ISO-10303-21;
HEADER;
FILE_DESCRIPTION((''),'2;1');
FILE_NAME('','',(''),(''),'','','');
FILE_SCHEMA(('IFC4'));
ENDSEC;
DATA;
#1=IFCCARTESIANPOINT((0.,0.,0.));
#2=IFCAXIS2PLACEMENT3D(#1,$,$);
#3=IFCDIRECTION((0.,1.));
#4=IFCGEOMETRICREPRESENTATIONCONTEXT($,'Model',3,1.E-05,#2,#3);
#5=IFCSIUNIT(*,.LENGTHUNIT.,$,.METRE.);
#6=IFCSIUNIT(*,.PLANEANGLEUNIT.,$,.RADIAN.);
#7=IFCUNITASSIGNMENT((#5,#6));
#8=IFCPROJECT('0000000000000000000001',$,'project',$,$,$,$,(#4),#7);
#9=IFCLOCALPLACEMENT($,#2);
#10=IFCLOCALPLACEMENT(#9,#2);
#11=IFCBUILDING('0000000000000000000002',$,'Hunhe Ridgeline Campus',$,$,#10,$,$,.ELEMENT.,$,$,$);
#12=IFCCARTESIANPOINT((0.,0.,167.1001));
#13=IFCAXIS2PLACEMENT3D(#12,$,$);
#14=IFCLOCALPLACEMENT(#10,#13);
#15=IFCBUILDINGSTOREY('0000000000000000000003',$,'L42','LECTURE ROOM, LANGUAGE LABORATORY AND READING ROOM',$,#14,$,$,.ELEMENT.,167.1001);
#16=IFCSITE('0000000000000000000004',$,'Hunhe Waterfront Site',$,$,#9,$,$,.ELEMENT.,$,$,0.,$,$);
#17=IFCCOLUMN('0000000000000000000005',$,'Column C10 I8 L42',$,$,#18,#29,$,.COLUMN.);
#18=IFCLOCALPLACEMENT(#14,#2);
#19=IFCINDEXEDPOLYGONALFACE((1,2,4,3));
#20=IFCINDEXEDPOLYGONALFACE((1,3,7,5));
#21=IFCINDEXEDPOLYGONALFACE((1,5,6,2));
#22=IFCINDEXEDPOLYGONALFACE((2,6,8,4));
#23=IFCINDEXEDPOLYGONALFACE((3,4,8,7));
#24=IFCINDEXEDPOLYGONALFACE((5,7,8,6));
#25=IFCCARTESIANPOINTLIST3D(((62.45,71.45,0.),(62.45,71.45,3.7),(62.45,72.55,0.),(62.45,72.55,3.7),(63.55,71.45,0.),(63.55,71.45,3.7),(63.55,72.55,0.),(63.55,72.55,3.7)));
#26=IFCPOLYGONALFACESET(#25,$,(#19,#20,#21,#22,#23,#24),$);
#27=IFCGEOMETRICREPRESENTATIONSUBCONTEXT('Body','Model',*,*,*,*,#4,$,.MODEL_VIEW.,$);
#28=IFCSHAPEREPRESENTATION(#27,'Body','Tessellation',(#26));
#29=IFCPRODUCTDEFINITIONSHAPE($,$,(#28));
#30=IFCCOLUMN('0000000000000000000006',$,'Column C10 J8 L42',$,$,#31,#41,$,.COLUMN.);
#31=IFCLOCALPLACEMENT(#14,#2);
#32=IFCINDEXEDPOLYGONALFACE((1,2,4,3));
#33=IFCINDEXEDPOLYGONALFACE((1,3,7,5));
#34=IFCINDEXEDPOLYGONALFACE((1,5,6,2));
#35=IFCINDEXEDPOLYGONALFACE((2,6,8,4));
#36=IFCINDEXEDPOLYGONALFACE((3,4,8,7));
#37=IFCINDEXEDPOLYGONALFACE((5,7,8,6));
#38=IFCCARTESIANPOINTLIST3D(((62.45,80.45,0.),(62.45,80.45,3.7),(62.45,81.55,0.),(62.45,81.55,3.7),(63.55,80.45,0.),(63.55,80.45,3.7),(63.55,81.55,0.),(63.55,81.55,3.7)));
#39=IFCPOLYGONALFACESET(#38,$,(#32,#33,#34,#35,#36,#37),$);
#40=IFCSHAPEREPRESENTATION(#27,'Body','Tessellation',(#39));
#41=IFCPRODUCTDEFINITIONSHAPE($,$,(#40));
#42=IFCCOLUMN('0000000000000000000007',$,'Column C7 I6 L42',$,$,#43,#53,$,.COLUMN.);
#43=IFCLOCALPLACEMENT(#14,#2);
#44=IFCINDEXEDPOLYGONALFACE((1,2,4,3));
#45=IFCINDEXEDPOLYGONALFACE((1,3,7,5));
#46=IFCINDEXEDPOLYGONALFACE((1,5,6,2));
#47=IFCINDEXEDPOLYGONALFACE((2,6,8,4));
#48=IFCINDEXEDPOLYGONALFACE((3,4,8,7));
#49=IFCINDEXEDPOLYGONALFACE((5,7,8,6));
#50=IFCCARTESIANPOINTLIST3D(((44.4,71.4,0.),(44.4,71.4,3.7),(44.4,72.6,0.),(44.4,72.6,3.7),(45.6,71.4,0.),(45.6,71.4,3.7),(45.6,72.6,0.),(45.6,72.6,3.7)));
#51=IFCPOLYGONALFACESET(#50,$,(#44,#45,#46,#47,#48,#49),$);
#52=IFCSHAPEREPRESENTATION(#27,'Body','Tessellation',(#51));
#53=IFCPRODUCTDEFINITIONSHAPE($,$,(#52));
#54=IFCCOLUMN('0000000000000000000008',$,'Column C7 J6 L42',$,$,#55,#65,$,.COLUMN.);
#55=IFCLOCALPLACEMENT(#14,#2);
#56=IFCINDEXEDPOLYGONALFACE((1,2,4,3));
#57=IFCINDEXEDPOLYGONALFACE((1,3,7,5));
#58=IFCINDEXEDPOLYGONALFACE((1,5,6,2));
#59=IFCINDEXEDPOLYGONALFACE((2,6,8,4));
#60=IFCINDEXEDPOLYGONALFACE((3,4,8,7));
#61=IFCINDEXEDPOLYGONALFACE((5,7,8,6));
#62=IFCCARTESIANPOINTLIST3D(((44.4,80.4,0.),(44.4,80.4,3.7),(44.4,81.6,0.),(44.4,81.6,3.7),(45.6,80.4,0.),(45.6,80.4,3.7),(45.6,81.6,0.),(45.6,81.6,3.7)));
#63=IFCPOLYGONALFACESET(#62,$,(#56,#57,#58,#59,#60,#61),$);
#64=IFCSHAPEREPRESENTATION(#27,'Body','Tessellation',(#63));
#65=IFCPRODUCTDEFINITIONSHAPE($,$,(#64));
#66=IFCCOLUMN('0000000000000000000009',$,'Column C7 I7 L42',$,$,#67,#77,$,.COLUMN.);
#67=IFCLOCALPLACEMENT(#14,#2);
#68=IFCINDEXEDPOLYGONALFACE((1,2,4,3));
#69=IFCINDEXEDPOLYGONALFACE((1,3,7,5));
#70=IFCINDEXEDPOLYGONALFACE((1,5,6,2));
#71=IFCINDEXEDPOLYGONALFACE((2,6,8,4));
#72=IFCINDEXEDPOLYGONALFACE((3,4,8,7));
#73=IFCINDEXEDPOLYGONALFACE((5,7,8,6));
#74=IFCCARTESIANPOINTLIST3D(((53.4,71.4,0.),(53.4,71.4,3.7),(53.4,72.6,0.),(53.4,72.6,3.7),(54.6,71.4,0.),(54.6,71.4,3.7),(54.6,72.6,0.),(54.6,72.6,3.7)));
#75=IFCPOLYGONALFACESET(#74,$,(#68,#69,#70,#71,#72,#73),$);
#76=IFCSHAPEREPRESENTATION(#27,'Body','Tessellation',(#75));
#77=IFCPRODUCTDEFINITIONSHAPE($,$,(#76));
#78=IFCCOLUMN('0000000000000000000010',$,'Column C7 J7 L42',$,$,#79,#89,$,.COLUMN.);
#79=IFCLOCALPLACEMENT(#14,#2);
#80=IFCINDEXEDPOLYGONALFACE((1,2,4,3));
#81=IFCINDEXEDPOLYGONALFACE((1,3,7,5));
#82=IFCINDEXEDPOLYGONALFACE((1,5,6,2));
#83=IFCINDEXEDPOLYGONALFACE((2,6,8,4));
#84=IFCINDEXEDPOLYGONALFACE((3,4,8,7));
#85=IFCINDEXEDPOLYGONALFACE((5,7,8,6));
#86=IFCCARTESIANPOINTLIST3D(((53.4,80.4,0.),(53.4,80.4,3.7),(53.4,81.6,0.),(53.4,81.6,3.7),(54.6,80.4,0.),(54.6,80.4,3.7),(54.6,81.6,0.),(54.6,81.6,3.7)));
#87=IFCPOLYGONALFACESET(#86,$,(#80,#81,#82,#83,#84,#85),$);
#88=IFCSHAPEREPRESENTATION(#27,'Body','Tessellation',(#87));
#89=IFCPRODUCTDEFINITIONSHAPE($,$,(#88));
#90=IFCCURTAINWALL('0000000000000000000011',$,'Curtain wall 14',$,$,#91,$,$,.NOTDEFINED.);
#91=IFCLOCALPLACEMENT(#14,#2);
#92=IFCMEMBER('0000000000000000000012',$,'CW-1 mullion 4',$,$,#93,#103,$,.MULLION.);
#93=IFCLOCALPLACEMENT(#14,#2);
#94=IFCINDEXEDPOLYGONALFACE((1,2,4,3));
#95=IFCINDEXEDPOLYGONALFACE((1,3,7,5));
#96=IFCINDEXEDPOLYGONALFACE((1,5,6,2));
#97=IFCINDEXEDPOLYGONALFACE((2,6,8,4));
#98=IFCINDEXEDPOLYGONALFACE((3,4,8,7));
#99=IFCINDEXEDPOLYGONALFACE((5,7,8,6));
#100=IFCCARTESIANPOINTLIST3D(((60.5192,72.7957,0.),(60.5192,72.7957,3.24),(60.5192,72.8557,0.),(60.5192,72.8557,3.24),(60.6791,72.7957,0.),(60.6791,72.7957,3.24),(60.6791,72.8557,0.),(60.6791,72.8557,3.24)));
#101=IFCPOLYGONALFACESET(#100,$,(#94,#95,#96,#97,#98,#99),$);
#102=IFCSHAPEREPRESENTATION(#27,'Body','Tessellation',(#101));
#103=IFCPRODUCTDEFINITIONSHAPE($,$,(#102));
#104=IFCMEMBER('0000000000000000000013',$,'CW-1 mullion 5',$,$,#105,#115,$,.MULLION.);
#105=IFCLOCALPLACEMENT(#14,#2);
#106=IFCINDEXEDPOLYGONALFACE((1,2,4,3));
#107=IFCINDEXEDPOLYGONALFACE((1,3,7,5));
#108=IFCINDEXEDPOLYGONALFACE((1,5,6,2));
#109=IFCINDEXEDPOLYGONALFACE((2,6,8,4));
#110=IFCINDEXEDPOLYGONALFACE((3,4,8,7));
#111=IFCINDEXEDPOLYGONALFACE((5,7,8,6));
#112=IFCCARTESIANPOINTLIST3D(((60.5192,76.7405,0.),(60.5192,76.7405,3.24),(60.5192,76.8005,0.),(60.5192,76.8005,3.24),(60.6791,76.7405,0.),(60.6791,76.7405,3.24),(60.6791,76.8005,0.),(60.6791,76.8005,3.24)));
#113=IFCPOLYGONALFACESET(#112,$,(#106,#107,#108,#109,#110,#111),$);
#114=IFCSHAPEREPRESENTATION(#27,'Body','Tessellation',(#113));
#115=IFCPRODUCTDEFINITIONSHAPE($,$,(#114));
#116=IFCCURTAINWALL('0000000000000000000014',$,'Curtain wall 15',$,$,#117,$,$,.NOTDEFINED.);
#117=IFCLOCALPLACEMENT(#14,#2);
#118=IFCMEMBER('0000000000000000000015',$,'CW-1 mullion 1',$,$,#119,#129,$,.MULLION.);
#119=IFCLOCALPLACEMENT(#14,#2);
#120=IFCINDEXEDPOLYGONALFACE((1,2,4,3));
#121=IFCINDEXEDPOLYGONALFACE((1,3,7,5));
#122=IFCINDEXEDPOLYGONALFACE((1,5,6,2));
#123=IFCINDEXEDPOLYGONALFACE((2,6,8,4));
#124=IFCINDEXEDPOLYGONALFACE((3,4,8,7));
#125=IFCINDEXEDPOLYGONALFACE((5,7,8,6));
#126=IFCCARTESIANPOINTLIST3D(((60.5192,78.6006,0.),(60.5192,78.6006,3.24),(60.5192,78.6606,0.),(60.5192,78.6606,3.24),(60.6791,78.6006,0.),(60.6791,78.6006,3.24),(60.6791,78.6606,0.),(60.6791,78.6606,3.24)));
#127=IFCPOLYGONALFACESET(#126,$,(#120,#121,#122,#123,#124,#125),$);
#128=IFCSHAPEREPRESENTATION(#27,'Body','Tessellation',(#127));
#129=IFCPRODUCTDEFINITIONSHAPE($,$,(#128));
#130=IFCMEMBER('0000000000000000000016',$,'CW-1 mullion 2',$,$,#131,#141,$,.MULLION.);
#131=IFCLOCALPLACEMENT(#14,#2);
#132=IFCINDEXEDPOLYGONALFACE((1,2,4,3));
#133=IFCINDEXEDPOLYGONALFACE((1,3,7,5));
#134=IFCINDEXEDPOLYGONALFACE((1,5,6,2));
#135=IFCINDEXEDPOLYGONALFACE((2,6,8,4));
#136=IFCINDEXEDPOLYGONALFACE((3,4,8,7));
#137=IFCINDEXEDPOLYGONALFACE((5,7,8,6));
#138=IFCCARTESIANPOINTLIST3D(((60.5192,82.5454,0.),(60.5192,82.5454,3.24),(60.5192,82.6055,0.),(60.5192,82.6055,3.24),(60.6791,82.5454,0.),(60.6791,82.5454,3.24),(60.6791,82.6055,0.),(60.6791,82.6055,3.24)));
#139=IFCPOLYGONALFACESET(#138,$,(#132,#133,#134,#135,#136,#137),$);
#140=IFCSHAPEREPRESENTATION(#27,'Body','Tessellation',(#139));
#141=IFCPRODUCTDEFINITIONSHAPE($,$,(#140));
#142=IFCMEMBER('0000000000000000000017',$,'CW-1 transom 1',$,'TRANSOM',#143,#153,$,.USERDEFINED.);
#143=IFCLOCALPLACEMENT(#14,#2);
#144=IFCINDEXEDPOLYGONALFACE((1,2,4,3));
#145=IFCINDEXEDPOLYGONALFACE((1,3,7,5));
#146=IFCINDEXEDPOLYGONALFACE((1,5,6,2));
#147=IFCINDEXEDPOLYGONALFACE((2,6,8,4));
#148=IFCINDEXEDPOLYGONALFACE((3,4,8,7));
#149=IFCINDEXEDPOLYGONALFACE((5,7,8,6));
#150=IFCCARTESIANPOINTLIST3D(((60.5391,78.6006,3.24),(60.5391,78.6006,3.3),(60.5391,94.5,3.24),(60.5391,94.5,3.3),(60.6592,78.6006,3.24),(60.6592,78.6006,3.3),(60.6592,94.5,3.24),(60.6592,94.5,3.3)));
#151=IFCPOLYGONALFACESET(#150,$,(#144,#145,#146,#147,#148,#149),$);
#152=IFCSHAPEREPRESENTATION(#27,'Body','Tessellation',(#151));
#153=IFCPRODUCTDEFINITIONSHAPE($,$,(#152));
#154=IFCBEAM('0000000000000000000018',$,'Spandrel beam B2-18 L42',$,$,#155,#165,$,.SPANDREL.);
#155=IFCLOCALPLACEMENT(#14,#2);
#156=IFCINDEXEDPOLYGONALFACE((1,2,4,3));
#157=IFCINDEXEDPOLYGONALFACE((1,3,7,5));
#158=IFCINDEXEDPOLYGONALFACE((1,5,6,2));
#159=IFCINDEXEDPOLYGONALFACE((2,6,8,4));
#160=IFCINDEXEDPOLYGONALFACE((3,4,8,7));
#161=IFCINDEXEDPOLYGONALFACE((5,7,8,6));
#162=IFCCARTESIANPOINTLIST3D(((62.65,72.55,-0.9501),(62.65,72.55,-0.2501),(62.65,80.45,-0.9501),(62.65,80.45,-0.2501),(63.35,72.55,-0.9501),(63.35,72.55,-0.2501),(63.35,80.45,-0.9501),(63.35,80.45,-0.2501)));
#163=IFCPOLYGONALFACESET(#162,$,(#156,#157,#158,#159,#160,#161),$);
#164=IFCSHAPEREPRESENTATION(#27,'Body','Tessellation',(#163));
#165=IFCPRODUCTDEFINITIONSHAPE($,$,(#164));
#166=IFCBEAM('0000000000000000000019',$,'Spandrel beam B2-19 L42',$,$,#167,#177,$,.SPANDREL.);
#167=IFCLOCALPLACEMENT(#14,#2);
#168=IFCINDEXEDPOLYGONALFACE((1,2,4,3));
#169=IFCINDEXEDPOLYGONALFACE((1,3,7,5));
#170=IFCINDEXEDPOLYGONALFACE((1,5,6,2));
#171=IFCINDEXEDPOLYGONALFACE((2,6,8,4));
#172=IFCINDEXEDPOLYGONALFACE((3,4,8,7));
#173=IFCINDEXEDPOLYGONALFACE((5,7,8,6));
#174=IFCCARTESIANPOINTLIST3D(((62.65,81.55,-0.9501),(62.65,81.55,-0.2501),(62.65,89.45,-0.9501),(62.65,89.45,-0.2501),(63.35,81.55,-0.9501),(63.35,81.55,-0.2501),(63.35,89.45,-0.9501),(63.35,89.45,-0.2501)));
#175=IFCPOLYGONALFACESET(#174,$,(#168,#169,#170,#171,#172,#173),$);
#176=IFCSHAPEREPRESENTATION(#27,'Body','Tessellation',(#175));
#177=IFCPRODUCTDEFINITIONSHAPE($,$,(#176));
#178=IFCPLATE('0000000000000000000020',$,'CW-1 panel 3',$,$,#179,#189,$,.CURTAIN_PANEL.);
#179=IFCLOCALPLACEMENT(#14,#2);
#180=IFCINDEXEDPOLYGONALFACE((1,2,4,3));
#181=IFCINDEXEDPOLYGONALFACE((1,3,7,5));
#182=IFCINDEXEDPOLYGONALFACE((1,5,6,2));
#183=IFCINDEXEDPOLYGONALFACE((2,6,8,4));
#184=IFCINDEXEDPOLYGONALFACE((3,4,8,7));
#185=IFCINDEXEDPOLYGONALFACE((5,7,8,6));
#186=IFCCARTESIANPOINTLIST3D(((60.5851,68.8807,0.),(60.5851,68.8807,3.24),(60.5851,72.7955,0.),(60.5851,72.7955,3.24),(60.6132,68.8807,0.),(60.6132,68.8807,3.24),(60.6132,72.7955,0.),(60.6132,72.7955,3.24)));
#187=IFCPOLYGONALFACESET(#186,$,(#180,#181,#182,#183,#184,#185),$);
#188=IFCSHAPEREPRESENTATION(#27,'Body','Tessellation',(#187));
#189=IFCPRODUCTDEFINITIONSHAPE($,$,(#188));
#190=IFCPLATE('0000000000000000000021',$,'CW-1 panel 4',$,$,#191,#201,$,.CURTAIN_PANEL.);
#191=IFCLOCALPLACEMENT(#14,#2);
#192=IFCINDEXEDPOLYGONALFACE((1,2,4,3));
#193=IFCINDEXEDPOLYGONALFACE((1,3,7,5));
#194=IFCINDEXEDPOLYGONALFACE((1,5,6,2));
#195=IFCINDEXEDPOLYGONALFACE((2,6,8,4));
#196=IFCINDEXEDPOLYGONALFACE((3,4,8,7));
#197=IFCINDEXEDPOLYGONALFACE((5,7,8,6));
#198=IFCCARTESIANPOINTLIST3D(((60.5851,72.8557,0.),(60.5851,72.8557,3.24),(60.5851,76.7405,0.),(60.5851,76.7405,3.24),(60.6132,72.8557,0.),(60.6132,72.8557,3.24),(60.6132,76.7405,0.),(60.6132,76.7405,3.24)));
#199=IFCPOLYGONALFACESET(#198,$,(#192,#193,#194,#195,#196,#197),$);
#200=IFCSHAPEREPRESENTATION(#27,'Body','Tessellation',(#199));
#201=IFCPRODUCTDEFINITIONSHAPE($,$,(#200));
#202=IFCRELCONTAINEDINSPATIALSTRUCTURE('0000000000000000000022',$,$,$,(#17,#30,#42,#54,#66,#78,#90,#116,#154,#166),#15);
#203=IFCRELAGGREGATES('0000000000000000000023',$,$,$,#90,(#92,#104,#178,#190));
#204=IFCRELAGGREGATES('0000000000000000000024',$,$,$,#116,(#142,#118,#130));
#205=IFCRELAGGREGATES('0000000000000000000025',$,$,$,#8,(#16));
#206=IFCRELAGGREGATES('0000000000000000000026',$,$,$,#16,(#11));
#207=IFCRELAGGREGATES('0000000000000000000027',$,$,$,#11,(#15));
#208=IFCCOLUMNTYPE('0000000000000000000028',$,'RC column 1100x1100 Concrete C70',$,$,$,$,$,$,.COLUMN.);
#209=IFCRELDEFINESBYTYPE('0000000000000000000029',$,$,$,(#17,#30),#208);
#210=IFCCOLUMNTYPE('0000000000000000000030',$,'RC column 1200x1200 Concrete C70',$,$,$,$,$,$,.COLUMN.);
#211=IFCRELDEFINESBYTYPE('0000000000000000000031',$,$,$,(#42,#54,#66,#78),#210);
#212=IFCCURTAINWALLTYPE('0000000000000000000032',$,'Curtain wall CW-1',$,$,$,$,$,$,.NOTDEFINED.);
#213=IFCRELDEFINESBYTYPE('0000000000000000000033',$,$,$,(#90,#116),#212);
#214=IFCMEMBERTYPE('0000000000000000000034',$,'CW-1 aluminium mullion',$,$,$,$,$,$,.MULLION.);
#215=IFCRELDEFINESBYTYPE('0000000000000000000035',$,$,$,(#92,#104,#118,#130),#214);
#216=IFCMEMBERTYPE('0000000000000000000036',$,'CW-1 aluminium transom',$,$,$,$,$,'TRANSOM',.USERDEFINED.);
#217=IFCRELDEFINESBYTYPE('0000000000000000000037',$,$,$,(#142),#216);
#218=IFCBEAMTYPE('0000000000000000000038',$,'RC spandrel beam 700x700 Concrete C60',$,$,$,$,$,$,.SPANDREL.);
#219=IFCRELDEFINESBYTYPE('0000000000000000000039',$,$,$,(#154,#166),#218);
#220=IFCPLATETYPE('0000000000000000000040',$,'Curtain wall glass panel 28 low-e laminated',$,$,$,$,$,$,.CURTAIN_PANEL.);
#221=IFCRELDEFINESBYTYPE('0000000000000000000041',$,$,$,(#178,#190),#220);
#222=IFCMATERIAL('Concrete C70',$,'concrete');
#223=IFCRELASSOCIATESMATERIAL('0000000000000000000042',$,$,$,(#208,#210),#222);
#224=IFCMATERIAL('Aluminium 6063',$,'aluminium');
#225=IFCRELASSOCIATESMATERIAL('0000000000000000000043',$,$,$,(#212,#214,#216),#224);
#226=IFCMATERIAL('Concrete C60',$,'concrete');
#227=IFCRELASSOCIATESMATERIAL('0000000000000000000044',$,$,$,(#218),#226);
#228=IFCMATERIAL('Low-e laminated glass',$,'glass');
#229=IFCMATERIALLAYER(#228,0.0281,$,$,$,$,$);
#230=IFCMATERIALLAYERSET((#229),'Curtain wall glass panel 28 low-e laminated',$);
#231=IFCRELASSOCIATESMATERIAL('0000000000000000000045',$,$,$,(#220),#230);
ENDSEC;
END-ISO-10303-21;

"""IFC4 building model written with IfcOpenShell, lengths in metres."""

from ifc_helpers import new_model, si_unit, direction, frame, origin, origin_2d, place, context, subcontext, project, spatial, rectangle, extrude, material, layer, layer_set, material_profile, profile_set, type_object, element, aggregate, save


model = new_model("IFC4")

# Units and contexts
model_context = context("Model", 3, precision=1e-05, world=origin(), true_north=direction((0.0, 1.0)))
body_context = subcontext(model_context, "Body", "Model", "MODEL_VIEW")
ifc_project = project(units=[si_unit("LENGTHUNIT", "METRE"), si_unit("PLANEANGLEUNIT", "RADIAN")], contexts=[model_context])

# Site, building, storey
site_placement = place(None, origin())
site = spatial("IfcSite", under=ifc_project, at=site_placement, Name="Hunhe Waterfront Site", CompositionType="ELEMENT", RefElevation=0.0)
building_placement = place(site_placement, origin())
building = spatial("IfcBuilding", under=site, at=building_placement, Name="Hunhe Ridgeline Campus", CompositionType="ELEMENT")
storey_placement = place(building_placement, frame((0.0, 0.0, 167.1001)))
storey = spatial("IfcBuildingStorey", under=building, at=storey_placement, Name="L42", Description="LECTURE ROOM, LANGUAGE LABORATORY AND READING ROOM", CompositionType="ELEMENT", Elevation=167.1001)

# Columns
ifc_material_1 = material(Name="Concrete C70", Category="concrete")
ifc_material_profile_1 = material_profile(ifc_material_1, rectangle(XDim=1.1001, YDim=1.1001, at=origin_2d()))
ifc_profile_set_1 = profile_set([ifc_material_profile_1], Name="Concrete C70")
column_type_1 = type_object("IfcColumnType", Name="RC column 1100x1100 Concrete C70", PredefinedType="COLUMN", material=ifc_profile_set_1)
for number, where, z_axis, x_axis, name in (
    (1, (63.0, 72.0, 0.0), (0.0, 0.0, 1.0), (1.0, 0.0, 0.0), "Column C10 I8 L42"),
    (2, (63.0, 81.0, 0.0), (0.0, 0.0, 1.0), (1.0, 0.0, 0.0), "Column C10 J8 L42"),
):
    element("IfcColumn", number, at=place(storey_placement, frame(where, z_axis=z_axis, x_axis=x_axis)), inside=storey, type_object=column_type_1, Name=name, PredefinedType="COLUMN", context=body_context, shape_type="SweptSolid", body=[
        extrude(rectangle(XDim=1.1001, YDim=1.1001, at=origin_2d()), origin(), (0.0, 0.0, 1.0), 3.7),
    ])
ifc_material_profile_2 = material_profile(ifc_material_1, rectangle(XDim=1.2, YDim=1.2, at=origin_2d()))
ifc_profile_set_2 = profile_set([ifc_material_profile_2], Name="Concrete C70")
column_type_2 = type_object("IfcColumnType", Name="RC column 1200x1200 Concrete C70", PredefinedType="COLUMN", material=ifc_profile_set_2)
for number, where, z_axis, x_axis, name in (
    (3, (45.0, 72.0, 0.0), (0.0, 0.0, 1.0), (1.0, 0.0, 0.0), "Column C7 I6 L42"),
    (4, (45.0, 81.0, 0.0), (0.0, 0.0, 1.0), (1.0, 0.0, 0.0), "Column C7 J6 L42"),
    (5, (54.0, 72.0, 0.0), (0.0, 0.0, 1.0), (1.0, 0.0, 0.0), "Column C7 I7 L42"),
    (6, (54.0, 81.0, 0.0), (0.0, 0.0, 1.0), (1.0, 0.0, 0.0), "Column C7 J7 L42"),
):
    element("IfcColumn", number, at=place(storey_placement, frame(where, z_axis=z_axis, x_axis=x_axis)), inside=storey, type_object=column_type_2, Name=name, PredefinedType="COLUMN", context=body_context, shape_type="SweptSolid", body=[
        extrude(rectangle(XDim=1.2, YDim=1.2, at=origin_2d()), origin(), (0.0, 0.0, 1.0), 3.7),
    ])

# Curtain walls, members
ifc_material_2 = material(Name="Aluminium 6063", Category="aluminium")
curtain_wall_type = type_object("IfcCurtainWallType", Name="Curtain wall CW-1", PredefinedType="NOTDEFINED", material=ifc_material_2)
curtain_wall_1_placement = place(storey_placement, origin())
curtain_wall_1 = element("IfcCurtainWall", 7, at=curtain_wall_1_placement, inside=storey, type_object=curtain_wall_type, Name="Curtain wall 14", PredefinedType="NOTDEFINED")
ifc_material_profile_3 = material_profile(ifc_material_2, rectangle(XDim=0.1599, YDim=0.0601, at=origin_2d()))
ifc_profile_set_3 = profile_set([ifc_material_profile_3], Name="Aluminium 6063")
member_type_1 = type_object("IfcMemberType", Name="CW-1 aluminium mullion", PredefinedType="MULLION", material=ifc_profile_set_3)
member_1_placement = place(storey_placement, frame((60.5991, 72.8257, 0.0), z_axis=(0.0, 0.0, 1.0), x_axis=(-1.0, 0.0, 0.0)))
member_1 = element("IfcMember", 8, at=member_1_placement, type_object=member_type_1, Name="CW-1 mullion 4", PredefinedType="MULLION", context=body_context, shape_type="SweptSolid", body=[
    extrude(rectangle(XDim=0.1599, YDim=0.0601, at=origin_2d()), origin(), (0.0, 0.0, 1.0), 3.24),
])
member_2_placement = place(storey_placement, frame((60.5991, 76.7705, 0.0), z_axis=(0.0, 0.0, 1.0), x_axis=(-1.0, 0.0, 0.0)))
member_2 = element("IfcMember", 9, at=member_2_placement, type_object=member_type_1, Name="CW-1 mullion 5", PredefinedType="MULLION", context=body_context, shape_type="SweptSolid", body=[
    extrude(rectangle(XDim=0.1599, YDim=0.0601, at=origin_2d()), origin(), (0.0, 0.0, 1.0), 3.24),
])
curtain_wall_2_placement = place(storey_placement, origin())
curtain_wall_2 = element("IfcCurtainWall", 10, at=curtain_wall_2_placement, inside=storey, type_object=curtain_wall_type, Name="Curtain wall 15", PredefinedType="NOTDEFINED")
member_3_placement = place(storey_placement, frame((60.5991, 78.6306, 0.0), z_axis=(0.0, 0.0, 1.0), x_axis=(-1.0, 0.0, 0.0)))
member_3 = element("IfcMember", 11, at=member_3_placement, type_object=member_type_1, Name="CW-1 mullion 1", PredefinedType="MULLION", context=body_context, shape_type="SweptSolid", body=[
    extrude(rectangle(XDim=0.1599, YDim=0.0601, at=origin_2d()), origin(), (0.0, 0.0, 1.0), 3.24),
])
member_4_placement = place(storey_placement, frame((60.5991, 82.5754, 0.0), z_axis=(0.0, 0.0, 1.0), x_axis=(-1.0, 0.0, 0.0)))
member_4 = element("IfcMember", 12, at=member_4_placement, type_object=member_type_1, Name="CW-1 mullion 2", PredefinedType="MULLION", context=body_context, shape_type="SweptSolid", body=[
    extrude(rectangle(XDim=0.1599, YDim=0.0601, at=origin_2d()), origin(), (0.0, 0.0, 1.0), 3.24),
])
ifc_material_profile_4 = material_profile(ifc_material_2, rectangle(XDim=0.1201, YDim=0.0601, at=origin_2d()))
ifc_profile_set_4 = profile_set([ifc_material_profile_4], Name="Aluminium 6063")
member_type_2 = type_object("IfcMemberType", Name="CW-1 aluminium transom", ElementType="TRANSOM", PredefinedType="USERDEFINED", material=ifc_profile_set_4)
member_5_placement = place(storey_placement, frame((60.5991, 78.6006, 3.27), z_axis=(0.0, 1.0, 0.0), x_axis=(-1.0, 0.0, 0.0)))
member_5 = element("IfcMember", 13, at=member_5_placement, type_object=member_type_2, Name="CW-1 transom 1", ObjectType="TRANSOM", PredefinedType="USERDEFINED", context=body_context, shape_type="SweptSolid", body=[
    extrude(rectangle(XDim=0.1201, YDim=0.0601, at=origin_2d()), origin(), (0.0, 0.0, 1.0), 15.8994),
])

# Beams
ifc_material_3 = material(Name="Concrete C60", Category="concrete")
ifc_material_profile_5 = material_profile(ifc_material_3, rectangle(XDim=0.7, YDim=0.7, at=origin_2d()))
ifc_profile_set_5 = profile_set([ifc_material_profile_5], Name="Concrete C60")
beam_type = type_object("IfcBeamType", Name="RC spandrel beam 700x700 Concrete C60", PredefinedType="SPANDREL", material=ifc_profile_set_5)
for number, where, z_axis, x_axis, name in (
    (14, (63.0, 72.55, -0.6001), (0.0, 1.0, 0.0), (-1.0, 0.0, 0.0), "Spandrel beam B2-18 L42"),
    (15, (63.0, 81.55, -0.6001), (0.0, 1.0, 0.0), (-1.0, 0.0, 0.0), "Spandrel beam B2-19 L42"),
):
    element("IfcBeam", number, at=place(storey_placement, frame(where, z_axis=z_axis, x_axis=x_axis)), inside=storey, type_object=beam_type, Name=name, PredefinedType="SPANDREL", context=body_context, shape_type="SweptSolid", body=[
        extrude(rectangle(XDim=0.7, YDim=0.7, at=origin_2d()), origin(), (0.0, 0.0, 1.0), 7.8999),
    ])

# Plates
ifc_material_4 = material(Name="Low-e laminated glass", Category="glass")
ifc_layer_1 = layer(ifc_material_4, 0.0281)
ifc_layer_set_1 = layer_set([ifc_layer_1], Name="Curtain wall glass panel 28 low-e laminated")
plate_type = type_object("IfcPlateType", Name="Curtain wall glass panel 28 low-e laminated", PredefinedType="CURTAIN_PANEL", material=ifc_layer_set_1)
plate_1_placement = place(storey_placement, frame((60.5991, 70.8381, 0.0), z_axis=(0.0, 0.0, 1.0), x_axis=(0.0, 1.0, 0.0)))
plate_1 = element("IfcPlate", 16, at=plate_1_placement, type_object=plate_type, Name="CW-1 panel 3", PredefinedType="CURTAIN_PANEL", context=body_context, shape_type="SweptSolid", body=[
    extrude(rectangle(XDim=3.9148, YDim=0.0281, at=origin_2d()), origin(), (0.0, 0.0, 1.0), 3.24),
])
plate_2_placement = place(storey_placement, frame((60.5991, 74.7981, 0.0), z_axis=(0.0, 0.0, 1.0), x_axis=(0.0, 1.0, 0.0)))
plate_2 = element("IfcPlate", 17, at=plate_2_placement, type_object=plate_type, Name="CW-1 panel 4", PredefinedType="CURTAIN_PANEL", context=body_context, shape_type="SweptSolid", body=[
    extrude(rectangle(XDim=3.8848, YDim=0.0281, at=origin_2d()), origin(), (0.0, 0.0, 1.0), 3.24),
])
aggregate(curtain_wall_1, [member_1, member_2, plate_1, plate_2])
aggregate(curtain_wall_2, [member_5, member_3, member_4])

save(model, "model.ifc")
